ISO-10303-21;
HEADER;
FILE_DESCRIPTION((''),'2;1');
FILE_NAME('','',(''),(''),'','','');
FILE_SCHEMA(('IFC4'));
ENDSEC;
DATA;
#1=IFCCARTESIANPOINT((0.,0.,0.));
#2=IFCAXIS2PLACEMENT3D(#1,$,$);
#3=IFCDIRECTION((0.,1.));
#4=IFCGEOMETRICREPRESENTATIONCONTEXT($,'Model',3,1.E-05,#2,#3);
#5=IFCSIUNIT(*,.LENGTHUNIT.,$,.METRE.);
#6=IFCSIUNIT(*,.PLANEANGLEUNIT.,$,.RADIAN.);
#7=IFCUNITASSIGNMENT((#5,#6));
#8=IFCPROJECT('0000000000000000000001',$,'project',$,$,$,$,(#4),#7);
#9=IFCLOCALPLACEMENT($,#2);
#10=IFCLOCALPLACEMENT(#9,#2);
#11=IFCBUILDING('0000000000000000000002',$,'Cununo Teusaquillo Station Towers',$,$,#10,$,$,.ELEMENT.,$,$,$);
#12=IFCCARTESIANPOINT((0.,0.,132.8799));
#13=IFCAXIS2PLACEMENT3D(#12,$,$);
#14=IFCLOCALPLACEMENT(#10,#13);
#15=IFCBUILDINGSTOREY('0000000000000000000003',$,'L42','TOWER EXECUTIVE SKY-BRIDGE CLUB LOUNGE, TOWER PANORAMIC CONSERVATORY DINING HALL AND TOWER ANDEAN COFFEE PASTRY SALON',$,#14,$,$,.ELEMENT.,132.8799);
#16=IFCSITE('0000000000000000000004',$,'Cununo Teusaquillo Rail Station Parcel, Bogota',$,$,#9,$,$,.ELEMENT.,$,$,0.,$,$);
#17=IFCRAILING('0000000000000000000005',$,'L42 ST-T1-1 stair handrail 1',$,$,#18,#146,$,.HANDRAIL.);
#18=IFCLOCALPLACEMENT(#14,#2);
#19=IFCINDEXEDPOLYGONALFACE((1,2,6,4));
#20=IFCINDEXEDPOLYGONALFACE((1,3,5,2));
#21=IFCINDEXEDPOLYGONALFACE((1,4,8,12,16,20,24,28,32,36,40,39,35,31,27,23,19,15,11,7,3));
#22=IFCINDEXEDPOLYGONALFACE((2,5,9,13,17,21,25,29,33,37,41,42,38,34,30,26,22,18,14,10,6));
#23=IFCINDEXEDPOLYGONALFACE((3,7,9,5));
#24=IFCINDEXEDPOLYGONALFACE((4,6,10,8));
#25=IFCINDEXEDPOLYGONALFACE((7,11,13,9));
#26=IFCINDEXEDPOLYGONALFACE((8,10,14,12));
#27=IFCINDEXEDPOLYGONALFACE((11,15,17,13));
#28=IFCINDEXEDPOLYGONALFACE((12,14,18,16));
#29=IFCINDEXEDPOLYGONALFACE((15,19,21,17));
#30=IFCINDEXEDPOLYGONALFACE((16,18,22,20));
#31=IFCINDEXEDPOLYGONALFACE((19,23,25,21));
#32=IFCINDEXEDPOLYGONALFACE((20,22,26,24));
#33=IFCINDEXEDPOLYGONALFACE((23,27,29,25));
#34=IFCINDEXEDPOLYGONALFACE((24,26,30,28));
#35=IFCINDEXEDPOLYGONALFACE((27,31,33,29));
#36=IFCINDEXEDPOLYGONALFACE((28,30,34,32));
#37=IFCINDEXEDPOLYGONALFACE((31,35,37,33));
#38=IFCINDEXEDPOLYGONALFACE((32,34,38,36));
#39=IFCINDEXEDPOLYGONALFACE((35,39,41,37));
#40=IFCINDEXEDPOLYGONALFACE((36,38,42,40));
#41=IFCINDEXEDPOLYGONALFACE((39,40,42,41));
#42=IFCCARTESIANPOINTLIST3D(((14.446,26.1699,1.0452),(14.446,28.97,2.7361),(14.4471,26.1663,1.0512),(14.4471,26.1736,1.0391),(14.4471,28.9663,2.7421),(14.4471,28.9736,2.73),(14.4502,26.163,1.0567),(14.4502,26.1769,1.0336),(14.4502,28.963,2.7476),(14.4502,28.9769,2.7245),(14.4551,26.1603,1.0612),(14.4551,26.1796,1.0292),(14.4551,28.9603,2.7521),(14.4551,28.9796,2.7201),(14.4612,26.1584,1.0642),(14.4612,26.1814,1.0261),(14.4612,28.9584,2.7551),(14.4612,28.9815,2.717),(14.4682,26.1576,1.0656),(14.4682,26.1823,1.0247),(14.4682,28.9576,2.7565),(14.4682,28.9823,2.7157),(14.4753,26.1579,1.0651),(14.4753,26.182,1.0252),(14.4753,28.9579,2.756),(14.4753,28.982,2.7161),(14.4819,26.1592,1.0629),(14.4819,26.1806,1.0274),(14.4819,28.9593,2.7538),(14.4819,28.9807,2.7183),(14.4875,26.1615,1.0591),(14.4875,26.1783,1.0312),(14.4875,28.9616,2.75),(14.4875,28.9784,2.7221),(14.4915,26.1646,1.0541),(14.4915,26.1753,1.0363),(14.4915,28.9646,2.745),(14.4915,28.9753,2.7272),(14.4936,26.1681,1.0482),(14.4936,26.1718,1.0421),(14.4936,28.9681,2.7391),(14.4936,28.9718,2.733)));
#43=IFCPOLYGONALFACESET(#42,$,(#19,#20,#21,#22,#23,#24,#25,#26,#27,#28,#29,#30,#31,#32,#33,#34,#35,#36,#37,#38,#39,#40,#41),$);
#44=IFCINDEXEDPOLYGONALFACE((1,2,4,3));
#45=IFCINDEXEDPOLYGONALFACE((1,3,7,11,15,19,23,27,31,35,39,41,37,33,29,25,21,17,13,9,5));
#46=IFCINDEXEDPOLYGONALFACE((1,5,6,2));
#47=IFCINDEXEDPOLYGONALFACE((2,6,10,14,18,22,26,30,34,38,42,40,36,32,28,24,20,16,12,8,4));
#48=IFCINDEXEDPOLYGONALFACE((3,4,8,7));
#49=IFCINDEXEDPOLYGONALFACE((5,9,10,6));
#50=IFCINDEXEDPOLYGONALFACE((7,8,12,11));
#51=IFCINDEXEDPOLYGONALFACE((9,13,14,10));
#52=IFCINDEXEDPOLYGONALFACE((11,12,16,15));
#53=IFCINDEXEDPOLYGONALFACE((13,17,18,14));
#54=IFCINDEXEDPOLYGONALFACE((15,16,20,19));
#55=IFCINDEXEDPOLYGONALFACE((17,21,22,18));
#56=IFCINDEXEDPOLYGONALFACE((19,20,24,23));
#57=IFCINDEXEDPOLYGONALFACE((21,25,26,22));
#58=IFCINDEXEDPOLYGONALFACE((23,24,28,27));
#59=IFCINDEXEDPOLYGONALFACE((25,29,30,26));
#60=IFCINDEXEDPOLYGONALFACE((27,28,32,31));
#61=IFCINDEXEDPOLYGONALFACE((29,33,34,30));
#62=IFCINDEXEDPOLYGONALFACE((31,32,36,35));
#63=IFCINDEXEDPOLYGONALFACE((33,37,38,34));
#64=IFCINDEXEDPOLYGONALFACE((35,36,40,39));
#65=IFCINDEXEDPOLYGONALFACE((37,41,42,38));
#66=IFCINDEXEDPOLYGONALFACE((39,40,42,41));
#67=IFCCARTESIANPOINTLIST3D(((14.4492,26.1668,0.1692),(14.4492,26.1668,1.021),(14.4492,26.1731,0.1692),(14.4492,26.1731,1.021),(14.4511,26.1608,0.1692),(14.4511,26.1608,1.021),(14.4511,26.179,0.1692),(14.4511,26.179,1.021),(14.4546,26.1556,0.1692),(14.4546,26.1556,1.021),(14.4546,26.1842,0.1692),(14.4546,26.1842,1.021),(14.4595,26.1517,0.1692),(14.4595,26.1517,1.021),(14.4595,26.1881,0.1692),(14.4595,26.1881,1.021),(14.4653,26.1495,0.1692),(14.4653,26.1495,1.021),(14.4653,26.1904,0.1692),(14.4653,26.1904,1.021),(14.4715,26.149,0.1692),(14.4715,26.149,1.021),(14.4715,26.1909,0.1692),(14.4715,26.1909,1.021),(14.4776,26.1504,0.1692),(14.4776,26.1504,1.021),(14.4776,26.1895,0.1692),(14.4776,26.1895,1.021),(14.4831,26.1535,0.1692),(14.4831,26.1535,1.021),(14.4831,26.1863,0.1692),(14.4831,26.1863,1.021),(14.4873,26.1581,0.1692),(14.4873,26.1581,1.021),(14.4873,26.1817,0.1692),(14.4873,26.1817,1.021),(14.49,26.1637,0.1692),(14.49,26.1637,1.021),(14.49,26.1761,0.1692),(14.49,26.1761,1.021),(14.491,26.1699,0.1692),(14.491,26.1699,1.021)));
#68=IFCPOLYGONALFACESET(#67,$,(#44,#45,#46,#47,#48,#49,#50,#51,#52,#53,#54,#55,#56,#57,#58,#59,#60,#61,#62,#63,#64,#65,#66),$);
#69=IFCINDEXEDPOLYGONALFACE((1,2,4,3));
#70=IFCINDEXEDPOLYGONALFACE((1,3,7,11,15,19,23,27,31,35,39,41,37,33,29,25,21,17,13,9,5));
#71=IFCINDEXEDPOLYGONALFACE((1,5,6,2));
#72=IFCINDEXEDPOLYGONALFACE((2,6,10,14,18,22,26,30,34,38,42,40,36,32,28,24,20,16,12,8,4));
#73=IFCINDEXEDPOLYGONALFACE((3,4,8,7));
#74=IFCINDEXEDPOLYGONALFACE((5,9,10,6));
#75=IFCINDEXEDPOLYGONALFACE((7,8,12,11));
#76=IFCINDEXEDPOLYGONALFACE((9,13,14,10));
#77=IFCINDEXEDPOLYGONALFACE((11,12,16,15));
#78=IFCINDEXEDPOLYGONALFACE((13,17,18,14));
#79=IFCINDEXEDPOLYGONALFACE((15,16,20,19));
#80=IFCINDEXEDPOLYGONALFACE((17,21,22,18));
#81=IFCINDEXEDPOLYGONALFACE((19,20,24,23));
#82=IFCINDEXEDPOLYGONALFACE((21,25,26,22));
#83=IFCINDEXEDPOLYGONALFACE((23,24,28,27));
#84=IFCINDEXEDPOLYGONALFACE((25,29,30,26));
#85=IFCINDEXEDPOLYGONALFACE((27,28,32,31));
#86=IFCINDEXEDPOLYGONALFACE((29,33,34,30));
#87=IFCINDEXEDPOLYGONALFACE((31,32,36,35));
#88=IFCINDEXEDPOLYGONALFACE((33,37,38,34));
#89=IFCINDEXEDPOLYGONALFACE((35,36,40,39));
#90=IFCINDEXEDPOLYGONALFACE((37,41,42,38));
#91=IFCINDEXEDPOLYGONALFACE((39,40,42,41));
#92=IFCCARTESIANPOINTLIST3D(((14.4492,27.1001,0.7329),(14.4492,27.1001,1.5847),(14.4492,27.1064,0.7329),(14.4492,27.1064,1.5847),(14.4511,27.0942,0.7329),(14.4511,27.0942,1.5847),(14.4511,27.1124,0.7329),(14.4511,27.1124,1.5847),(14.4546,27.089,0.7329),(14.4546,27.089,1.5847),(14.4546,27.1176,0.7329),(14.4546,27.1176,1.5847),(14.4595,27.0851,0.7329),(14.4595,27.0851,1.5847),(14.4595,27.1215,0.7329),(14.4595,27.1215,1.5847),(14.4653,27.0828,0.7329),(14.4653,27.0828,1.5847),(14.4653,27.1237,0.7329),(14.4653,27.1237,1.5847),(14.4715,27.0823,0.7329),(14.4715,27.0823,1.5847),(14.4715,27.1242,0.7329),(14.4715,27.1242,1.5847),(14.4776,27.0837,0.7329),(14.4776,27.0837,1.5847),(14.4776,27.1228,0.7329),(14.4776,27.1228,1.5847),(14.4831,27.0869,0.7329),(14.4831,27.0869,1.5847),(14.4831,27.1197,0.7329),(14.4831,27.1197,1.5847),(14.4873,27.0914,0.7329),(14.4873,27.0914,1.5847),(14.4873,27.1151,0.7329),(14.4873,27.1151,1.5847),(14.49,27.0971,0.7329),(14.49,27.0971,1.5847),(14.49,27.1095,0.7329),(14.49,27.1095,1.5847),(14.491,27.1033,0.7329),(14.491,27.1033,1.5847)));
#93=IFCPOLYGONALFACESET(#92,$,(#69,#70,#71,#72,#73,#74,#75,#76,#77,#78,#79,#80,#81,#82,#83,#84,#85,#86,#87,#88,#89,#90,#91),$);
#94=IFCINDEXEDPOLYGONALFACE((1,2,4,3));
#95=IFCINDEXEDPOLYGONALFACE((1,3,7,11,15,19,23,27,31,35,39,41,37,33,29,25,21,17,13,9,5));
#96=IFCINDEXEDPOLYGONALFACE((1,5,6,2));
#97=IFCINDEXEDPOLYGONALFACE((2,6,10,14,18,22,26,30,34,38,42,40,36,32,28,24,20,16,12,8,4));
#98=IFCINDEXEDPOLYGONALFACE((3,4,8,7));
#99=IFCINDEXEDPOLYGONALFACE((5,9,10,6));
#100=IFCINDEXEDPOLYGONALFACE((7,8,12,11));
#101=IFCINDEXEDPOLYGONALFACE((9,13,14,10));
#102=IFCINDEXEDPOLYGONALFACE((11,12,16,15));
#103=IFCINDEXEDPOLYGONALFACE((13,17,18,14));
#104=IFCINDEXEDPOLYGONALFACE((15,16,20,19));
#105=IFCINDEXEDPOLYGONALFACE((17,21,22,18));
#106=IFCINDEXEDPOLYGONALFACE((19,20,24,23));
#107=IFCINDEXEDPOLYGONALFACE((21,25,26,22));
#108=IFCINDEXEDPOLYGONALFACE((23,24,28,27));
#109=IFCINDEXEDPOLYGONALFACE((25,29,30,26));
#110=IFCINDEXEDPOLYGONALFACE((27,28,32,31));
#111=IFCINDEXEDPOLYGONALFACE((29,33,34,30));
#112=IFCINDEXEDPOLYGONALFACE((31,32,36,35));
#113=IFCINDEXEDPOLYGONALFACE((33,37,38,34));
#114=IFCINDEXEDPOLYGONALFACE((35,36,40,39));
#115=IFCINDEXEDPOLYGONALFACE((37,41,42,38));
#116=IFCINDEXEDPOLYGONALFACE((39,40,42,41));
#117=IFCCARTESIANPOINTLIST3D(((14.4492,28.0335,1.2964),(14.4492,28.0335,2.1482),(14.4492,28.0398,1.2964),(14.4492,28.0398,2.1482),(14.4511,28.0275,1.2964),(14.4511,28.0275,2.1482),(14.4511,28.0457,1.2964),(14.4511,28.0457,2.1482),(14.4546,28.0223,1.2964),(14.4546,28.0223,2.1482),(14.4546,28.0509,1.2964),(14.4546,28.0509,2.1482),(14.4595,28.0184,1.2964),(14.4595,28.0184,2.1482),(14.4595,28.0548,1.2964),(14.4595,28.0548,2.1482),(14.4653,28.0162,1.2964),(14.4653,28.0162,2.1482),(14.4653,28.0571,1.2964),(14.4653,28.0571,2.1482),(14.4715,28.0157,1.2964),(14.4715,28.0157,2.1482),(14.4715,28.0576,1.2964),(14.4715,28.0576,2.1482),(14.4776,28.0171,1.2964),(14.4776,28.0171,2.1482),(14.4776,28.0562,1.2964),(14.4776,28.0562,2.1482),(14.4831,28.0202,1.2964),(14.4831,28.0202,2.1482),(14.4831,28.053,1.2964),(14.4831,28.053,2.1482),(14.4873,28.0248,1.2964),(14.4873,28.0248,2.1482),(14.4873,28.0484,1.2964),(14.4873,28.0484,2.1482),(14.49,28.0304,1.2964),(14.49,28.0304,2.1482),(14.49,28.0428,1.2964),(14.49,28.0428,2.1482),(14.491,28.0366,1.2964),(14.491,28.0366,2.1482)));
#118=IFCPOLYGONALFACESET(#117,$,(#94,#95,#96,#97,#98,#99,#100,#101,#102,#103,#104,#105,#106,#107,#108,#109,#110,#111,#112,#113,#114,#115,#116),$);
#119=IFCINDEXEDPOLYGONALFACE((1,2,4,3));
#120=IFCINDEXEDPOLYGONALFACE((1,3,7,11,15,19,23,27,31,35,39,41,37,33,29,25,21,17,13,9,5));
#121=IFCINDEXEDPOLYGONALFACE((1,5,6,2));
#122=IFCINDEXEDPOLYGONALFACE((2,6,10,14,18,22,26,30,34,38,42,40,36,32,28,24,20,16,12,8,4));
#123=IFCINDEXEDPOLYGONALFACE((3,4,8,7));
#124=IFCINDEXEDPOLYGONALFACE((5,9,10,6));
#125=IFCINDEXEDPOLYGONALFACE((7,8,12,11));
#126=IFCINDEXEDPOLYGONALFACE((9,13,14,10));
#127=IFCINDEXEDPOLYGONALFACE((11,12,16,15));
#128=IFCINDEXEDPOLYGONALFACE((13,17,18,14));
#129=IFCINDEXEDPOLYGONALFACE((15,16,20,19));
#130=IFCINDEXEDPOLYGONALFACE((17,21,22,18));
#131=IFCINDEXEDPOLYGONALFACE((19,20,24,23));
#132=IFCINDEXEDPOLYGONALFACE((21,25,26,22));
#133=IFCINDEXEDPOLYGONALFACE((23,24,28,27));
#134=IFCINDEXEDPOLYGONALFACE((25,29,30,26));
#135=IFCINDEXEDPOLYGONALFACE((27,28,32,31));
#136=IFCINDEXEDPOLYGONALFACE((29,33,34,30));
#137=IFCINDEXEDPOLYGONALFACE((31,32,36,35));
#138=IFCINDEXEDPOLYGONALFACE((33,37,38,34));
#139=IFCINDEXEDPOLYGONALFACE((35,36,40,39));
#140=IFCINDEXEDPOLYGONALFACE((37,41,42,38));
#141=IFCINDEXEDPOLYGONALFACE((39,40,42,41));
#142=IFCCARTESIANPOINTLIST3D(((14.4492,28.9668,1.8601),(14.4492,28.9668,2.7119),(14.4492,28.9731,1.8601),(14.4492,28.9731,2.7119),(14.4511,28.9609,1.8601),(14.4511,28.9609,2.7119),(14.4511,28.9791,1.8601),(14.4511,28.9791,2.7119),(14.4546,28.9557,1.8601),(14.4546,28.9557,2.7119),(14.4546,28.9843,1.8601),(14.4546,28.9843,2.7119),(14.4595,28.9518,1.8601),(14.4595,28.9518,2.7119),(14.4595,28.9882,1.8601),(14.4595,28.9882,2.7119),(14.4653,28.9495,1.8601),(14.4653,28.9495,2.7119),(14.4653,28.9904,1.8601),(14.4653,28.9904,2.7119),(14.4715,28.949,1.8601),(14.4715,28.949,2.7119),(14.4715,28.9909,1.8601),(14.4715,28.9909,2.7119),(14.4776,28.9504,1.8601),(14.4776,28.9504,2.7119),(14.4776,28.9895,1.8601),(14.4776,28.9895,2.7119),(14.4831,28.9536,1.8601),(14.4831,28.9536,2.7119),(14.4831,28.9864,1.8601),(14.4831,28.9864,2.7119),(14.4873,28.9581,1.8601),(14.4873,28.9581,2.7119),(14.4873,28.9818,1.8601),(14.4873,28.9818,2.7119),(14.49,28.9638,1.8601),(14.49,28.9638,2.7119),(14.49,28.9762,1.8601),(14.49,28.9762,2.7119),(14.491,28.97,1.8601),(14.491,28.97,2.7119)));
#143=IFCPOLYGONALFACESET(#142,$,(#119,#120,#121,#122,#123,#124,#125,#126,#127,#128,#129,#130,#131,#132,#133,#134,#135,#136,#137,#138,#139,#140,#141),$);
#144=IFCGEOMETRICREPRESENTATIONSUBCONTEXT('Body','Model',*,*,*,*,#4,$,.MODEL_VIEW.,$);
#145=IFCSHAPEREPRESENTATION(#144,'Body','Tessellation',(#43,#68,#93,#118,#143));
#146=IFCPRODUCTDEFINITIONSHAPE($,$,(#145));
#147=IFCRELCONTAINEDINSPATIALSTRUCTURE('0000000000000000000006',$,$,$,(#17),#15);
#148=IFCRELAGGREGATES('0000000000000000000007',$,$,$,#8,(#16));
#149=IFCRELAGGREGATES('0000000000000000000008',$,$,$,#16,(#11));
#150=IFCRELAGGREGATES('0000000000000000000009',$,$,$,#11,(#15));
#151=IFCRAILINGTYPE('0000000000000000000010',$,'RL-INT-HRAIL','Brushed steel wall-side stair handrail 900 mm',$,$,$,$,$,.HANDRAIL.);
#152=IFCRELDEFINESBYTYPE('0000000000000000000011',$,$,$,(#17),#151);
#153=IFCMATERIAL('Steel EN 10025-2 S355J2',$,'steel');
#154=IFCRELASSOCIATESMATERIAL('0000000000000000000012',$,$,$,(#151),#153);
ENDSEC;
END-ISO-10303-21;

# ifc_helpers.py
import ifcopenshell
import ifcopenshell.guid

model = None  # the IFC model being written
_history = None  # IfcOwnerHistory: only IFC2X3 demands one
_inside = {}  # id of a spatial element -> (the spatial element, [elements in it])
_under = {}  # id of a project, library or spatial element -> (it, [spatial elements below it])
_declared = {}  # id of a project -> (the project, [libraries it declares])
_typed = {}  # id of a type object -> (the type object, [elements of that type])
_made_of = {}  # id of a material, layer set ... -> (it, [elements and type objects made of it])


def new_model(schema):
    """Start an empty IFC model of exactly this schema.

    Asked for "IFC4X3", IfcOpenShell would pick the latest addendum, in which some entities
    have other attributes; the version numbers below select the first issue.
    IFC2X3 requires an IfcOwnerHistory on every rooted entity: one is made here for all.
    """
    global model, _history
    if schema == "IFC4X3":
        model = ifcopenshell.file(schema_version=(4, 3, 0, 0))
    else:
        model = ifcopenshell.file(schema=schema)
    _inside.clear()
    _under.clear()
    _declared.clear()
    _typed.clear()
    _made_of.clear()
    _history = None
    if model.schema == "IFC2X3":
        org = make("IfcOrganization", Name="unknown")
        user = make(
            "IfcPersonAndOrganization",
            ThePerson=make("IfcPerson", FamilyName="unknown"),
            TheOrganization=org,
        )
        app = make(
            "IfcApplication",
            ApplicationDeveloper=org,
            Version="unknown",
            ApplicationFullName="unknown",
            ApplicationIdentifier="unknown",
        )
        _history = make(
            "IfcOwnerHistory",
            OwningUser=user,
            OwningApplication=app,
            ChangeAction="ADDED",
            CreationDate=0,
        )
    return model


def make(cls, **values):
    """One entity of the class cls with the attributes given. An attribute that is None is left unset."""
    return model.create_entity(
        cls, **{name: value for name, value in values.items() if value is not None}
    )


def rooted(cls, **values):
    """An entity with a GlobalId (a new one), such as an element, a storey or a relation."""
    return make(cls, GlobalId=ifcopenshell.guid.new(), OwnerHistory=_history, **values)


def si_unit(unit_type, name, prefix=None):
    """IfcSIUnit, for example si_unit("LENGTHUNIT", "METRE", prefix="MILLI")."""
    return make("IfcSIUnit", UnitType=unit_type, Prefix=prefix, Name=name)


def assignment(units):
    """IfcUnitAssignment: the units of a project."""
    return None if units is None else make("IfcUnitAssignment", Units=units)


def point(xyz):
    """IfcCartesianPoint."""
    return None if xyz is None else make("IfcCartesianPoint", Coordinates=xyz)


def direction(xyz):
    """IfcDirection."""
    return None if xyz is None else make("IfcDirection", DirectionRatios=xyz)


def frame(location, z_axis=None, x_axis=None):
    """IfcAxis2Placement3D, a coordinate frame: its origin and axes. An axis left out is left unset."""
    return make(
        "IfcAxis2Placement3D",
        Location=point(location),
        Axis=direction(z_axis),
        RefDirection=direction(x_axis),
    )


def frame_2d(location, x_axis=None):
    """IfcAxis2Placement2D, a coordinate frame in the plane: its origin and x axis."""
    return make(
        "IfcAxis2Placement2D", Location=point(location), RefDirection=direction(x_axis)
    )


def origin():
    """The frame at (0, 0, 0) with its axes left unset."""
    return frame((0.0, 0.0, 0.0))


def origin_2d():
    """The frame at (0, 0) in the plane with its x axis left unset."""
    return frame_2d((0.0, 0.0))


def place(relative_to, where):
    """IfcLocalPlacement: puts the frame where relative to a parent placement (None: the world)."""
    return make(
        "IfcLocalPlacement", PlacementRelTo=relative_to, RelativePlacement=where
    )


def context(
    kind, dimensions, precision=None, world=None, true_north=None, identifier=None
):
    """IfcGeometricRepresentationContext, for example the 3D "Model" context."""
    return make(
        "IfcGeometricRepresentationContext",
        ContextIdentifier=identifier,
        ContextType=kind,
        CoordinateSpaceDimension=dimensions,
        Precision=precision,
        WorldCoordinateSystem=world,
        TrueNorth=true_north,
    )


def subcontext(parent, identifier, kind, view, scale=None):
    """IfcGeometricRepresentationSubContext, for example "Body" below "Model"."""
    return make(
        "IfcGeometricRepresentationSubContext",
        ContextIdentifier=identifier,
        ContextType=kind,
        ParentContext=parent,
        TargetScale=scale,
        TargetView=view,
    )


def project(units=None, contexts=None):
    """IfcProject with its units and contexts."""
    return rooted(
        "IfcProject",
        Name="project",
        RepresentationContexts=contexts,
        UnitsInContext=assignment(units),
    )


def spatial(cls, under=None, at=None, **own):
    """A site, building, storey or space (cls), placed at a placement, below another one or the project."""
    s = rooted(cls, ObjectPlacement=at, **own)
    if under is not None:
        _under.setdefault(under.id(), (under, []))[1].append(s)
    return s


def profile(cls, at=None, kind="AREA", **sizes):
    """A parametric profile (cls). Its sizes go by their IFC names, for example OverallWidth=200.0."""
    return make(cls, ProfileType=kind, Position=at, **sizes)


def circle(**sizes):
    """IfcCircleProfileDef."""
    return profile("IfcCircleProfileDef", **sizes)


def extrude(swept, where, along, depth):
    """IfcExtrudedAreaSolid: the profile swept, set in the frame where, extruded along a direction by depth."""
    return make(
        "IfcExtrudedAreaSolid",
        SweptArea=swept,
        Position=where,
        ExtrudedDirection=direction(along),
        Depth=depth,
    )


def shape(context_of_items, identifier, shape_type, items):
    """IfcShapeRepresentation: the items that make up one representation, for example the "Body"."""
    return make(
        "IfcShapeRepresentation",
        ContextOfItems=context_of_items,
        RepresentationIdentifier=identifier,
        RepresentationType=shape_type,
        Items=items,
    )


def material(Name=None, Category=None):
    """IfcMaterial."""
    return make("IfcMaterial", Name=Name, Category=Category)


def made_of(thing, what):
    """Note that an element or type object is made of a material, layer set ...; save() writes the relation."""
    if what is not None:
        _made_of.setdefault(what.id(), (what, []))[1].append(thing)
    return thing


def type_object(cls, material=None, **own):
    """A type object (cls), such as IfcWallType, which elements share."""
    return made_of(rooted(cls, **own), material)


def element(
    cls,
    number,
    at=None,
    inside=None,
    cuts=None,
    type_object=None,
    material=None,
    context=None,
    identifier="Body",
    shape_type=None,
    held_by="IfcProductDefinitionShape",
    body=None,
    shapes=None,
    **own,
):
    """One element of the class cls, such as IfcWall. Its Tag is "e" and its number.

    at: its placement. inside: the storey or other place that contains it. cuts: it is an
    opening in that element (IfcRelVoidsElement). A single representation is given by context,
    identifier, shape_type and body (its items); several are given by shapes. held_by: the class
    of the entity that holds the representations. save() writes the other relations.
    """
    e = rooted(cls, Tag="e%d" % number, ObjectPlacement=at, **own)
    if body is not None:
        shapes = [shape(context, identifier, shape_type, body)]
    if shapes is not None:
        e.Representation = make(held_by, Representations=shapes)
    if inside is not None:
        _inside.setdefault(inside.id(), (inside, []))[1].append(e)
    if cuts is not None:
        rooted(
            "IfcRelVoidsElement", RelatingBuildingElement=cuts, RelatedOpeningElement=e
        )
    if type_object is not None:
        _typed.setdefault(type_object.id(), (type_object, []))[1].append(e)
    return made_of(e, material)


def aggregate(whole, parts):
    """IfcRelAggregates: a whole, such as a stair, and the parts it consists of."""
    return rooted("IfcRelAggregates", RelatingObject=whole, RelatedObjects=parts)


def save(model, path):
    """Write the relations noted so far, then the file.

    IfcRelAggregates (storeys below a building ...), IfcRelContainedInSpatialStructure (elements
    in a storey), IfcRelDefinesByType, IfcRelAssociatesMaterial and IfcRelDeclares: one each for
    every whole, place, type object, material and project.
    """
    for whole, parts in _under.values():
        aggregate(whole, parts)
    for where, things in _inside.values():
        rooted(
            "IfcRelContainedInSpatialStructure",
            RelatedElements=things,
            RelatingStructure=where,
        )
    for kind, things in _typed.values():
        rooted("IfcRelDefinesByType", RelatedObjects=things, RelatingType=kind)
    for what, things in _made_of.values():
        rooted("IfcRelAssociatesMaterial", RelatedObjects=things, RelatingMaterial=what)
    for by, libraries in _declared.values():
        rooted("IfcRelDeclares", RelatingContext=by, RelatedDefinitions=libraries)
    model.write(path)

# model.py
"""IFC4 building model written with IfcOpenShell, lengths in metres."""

from ifc_helpers import new_model, si_unit, direction, frame, origin, origin_2d, place, context, subcontext, project, spatial, circle, extrude, material, type_object, element, save


model = new_model("IFC4")

# Units and contexts
model_context = context("Model", 3, precision=1e-05, world=origin(), true_north=direction((0.0, 1.0)))
body_context = subcontext(model_context, "Body", "Model", "MODEL_VIEW")
ifc_project = project(units=[si_unit("LENGTHUNIT", "METRE"), si_unit("PLANEANGLEUNIT", "RADIAN")], contexts=[model_context])

# Site, building, storey
site_placement = place(None, origin())
site = spatial("IfcSite", under=ifc_project, at=site_placement, Name="Cununo Teusaquillo Rail Station Parcel, Bogota", CompositionType="ELEMENT", RefElevation=0.0)
building_placement = place(site_placement, origin())
building = spatial("IfcBuilding", under=site, at=building_placement, Name="Cununo Teusaquillo Station Towers", CompositionType="ELEMENT")
storey_placement = place(building_placement, frame((0.0, 0.0, 132.8799)))
storey = spatial("IfcBuildingStorey", under=building, at=storey_placement, Name="L42", Description="TOWER EXECUTIVE SKY-BRIDGE CLUB LOUNGE, TOWER PANORAMIC CONSERVATORY DINING HALL AND TOWER ANDEAN COFFEE PASTRY SALON", CompositionType="ELEMENT", Elevation=132.8799)

# Railing
ifc_material_1 = material(Name="Steel EN 10025-2 S355J2", Category="steel")
railing_type_1 = type_object("IfcRailingType", Name="RL-INT-HRAIL", Description="Brushed steel wall-side stair handrail 900 mm", PredefinedType="HANDRAIL", material=ifc_material_1)
railing_1_placement = place(storey_placement, frame((14.47, 26.1699, 0.1692)))
element("IfcRailing", 1, at=railing_1_placement, inside=storey, type_object=railing_type_1, Name="L42 ST-T1-1 stair handrail 1", PredefinedType="HANDRAIL", context=body_context, shape_type="SweptSolid", body=[
    extrude(circle(Radius=0.0239, at=origin_2d()), frame((0.0, 0.0, 0.876), z_axis=(0.0, 0.856021, 0.516941), x_axis=(-1.0, 0.0, 0.0)), (0.0, 0.0, 1.0), 3.271),
    extrude(circle(Radius=0.021, at=origin_2d()), origin(), (0.0, 0.0, 1.0), 0.8518),
    extrude(circle(Radius=0.021, at=origin_2d()), frame((0.0, 0.9333, 0.5637)), (0.0, 0.0, 1.0), 0.8518),
    extrude(circle(Radius=0.021, at=origin_2d()), frame((0.0, 1.8667, 1.1272)), (0.0, 0.0, 1.0), 0.8518),
    extrude(circle(Radius=0.021, at=origin_2d()), frame((0.0, 2.8, 1.6909)), (0.0, 0.0, 1.0), 0.8518),
])

save(model, "model.ifc")
